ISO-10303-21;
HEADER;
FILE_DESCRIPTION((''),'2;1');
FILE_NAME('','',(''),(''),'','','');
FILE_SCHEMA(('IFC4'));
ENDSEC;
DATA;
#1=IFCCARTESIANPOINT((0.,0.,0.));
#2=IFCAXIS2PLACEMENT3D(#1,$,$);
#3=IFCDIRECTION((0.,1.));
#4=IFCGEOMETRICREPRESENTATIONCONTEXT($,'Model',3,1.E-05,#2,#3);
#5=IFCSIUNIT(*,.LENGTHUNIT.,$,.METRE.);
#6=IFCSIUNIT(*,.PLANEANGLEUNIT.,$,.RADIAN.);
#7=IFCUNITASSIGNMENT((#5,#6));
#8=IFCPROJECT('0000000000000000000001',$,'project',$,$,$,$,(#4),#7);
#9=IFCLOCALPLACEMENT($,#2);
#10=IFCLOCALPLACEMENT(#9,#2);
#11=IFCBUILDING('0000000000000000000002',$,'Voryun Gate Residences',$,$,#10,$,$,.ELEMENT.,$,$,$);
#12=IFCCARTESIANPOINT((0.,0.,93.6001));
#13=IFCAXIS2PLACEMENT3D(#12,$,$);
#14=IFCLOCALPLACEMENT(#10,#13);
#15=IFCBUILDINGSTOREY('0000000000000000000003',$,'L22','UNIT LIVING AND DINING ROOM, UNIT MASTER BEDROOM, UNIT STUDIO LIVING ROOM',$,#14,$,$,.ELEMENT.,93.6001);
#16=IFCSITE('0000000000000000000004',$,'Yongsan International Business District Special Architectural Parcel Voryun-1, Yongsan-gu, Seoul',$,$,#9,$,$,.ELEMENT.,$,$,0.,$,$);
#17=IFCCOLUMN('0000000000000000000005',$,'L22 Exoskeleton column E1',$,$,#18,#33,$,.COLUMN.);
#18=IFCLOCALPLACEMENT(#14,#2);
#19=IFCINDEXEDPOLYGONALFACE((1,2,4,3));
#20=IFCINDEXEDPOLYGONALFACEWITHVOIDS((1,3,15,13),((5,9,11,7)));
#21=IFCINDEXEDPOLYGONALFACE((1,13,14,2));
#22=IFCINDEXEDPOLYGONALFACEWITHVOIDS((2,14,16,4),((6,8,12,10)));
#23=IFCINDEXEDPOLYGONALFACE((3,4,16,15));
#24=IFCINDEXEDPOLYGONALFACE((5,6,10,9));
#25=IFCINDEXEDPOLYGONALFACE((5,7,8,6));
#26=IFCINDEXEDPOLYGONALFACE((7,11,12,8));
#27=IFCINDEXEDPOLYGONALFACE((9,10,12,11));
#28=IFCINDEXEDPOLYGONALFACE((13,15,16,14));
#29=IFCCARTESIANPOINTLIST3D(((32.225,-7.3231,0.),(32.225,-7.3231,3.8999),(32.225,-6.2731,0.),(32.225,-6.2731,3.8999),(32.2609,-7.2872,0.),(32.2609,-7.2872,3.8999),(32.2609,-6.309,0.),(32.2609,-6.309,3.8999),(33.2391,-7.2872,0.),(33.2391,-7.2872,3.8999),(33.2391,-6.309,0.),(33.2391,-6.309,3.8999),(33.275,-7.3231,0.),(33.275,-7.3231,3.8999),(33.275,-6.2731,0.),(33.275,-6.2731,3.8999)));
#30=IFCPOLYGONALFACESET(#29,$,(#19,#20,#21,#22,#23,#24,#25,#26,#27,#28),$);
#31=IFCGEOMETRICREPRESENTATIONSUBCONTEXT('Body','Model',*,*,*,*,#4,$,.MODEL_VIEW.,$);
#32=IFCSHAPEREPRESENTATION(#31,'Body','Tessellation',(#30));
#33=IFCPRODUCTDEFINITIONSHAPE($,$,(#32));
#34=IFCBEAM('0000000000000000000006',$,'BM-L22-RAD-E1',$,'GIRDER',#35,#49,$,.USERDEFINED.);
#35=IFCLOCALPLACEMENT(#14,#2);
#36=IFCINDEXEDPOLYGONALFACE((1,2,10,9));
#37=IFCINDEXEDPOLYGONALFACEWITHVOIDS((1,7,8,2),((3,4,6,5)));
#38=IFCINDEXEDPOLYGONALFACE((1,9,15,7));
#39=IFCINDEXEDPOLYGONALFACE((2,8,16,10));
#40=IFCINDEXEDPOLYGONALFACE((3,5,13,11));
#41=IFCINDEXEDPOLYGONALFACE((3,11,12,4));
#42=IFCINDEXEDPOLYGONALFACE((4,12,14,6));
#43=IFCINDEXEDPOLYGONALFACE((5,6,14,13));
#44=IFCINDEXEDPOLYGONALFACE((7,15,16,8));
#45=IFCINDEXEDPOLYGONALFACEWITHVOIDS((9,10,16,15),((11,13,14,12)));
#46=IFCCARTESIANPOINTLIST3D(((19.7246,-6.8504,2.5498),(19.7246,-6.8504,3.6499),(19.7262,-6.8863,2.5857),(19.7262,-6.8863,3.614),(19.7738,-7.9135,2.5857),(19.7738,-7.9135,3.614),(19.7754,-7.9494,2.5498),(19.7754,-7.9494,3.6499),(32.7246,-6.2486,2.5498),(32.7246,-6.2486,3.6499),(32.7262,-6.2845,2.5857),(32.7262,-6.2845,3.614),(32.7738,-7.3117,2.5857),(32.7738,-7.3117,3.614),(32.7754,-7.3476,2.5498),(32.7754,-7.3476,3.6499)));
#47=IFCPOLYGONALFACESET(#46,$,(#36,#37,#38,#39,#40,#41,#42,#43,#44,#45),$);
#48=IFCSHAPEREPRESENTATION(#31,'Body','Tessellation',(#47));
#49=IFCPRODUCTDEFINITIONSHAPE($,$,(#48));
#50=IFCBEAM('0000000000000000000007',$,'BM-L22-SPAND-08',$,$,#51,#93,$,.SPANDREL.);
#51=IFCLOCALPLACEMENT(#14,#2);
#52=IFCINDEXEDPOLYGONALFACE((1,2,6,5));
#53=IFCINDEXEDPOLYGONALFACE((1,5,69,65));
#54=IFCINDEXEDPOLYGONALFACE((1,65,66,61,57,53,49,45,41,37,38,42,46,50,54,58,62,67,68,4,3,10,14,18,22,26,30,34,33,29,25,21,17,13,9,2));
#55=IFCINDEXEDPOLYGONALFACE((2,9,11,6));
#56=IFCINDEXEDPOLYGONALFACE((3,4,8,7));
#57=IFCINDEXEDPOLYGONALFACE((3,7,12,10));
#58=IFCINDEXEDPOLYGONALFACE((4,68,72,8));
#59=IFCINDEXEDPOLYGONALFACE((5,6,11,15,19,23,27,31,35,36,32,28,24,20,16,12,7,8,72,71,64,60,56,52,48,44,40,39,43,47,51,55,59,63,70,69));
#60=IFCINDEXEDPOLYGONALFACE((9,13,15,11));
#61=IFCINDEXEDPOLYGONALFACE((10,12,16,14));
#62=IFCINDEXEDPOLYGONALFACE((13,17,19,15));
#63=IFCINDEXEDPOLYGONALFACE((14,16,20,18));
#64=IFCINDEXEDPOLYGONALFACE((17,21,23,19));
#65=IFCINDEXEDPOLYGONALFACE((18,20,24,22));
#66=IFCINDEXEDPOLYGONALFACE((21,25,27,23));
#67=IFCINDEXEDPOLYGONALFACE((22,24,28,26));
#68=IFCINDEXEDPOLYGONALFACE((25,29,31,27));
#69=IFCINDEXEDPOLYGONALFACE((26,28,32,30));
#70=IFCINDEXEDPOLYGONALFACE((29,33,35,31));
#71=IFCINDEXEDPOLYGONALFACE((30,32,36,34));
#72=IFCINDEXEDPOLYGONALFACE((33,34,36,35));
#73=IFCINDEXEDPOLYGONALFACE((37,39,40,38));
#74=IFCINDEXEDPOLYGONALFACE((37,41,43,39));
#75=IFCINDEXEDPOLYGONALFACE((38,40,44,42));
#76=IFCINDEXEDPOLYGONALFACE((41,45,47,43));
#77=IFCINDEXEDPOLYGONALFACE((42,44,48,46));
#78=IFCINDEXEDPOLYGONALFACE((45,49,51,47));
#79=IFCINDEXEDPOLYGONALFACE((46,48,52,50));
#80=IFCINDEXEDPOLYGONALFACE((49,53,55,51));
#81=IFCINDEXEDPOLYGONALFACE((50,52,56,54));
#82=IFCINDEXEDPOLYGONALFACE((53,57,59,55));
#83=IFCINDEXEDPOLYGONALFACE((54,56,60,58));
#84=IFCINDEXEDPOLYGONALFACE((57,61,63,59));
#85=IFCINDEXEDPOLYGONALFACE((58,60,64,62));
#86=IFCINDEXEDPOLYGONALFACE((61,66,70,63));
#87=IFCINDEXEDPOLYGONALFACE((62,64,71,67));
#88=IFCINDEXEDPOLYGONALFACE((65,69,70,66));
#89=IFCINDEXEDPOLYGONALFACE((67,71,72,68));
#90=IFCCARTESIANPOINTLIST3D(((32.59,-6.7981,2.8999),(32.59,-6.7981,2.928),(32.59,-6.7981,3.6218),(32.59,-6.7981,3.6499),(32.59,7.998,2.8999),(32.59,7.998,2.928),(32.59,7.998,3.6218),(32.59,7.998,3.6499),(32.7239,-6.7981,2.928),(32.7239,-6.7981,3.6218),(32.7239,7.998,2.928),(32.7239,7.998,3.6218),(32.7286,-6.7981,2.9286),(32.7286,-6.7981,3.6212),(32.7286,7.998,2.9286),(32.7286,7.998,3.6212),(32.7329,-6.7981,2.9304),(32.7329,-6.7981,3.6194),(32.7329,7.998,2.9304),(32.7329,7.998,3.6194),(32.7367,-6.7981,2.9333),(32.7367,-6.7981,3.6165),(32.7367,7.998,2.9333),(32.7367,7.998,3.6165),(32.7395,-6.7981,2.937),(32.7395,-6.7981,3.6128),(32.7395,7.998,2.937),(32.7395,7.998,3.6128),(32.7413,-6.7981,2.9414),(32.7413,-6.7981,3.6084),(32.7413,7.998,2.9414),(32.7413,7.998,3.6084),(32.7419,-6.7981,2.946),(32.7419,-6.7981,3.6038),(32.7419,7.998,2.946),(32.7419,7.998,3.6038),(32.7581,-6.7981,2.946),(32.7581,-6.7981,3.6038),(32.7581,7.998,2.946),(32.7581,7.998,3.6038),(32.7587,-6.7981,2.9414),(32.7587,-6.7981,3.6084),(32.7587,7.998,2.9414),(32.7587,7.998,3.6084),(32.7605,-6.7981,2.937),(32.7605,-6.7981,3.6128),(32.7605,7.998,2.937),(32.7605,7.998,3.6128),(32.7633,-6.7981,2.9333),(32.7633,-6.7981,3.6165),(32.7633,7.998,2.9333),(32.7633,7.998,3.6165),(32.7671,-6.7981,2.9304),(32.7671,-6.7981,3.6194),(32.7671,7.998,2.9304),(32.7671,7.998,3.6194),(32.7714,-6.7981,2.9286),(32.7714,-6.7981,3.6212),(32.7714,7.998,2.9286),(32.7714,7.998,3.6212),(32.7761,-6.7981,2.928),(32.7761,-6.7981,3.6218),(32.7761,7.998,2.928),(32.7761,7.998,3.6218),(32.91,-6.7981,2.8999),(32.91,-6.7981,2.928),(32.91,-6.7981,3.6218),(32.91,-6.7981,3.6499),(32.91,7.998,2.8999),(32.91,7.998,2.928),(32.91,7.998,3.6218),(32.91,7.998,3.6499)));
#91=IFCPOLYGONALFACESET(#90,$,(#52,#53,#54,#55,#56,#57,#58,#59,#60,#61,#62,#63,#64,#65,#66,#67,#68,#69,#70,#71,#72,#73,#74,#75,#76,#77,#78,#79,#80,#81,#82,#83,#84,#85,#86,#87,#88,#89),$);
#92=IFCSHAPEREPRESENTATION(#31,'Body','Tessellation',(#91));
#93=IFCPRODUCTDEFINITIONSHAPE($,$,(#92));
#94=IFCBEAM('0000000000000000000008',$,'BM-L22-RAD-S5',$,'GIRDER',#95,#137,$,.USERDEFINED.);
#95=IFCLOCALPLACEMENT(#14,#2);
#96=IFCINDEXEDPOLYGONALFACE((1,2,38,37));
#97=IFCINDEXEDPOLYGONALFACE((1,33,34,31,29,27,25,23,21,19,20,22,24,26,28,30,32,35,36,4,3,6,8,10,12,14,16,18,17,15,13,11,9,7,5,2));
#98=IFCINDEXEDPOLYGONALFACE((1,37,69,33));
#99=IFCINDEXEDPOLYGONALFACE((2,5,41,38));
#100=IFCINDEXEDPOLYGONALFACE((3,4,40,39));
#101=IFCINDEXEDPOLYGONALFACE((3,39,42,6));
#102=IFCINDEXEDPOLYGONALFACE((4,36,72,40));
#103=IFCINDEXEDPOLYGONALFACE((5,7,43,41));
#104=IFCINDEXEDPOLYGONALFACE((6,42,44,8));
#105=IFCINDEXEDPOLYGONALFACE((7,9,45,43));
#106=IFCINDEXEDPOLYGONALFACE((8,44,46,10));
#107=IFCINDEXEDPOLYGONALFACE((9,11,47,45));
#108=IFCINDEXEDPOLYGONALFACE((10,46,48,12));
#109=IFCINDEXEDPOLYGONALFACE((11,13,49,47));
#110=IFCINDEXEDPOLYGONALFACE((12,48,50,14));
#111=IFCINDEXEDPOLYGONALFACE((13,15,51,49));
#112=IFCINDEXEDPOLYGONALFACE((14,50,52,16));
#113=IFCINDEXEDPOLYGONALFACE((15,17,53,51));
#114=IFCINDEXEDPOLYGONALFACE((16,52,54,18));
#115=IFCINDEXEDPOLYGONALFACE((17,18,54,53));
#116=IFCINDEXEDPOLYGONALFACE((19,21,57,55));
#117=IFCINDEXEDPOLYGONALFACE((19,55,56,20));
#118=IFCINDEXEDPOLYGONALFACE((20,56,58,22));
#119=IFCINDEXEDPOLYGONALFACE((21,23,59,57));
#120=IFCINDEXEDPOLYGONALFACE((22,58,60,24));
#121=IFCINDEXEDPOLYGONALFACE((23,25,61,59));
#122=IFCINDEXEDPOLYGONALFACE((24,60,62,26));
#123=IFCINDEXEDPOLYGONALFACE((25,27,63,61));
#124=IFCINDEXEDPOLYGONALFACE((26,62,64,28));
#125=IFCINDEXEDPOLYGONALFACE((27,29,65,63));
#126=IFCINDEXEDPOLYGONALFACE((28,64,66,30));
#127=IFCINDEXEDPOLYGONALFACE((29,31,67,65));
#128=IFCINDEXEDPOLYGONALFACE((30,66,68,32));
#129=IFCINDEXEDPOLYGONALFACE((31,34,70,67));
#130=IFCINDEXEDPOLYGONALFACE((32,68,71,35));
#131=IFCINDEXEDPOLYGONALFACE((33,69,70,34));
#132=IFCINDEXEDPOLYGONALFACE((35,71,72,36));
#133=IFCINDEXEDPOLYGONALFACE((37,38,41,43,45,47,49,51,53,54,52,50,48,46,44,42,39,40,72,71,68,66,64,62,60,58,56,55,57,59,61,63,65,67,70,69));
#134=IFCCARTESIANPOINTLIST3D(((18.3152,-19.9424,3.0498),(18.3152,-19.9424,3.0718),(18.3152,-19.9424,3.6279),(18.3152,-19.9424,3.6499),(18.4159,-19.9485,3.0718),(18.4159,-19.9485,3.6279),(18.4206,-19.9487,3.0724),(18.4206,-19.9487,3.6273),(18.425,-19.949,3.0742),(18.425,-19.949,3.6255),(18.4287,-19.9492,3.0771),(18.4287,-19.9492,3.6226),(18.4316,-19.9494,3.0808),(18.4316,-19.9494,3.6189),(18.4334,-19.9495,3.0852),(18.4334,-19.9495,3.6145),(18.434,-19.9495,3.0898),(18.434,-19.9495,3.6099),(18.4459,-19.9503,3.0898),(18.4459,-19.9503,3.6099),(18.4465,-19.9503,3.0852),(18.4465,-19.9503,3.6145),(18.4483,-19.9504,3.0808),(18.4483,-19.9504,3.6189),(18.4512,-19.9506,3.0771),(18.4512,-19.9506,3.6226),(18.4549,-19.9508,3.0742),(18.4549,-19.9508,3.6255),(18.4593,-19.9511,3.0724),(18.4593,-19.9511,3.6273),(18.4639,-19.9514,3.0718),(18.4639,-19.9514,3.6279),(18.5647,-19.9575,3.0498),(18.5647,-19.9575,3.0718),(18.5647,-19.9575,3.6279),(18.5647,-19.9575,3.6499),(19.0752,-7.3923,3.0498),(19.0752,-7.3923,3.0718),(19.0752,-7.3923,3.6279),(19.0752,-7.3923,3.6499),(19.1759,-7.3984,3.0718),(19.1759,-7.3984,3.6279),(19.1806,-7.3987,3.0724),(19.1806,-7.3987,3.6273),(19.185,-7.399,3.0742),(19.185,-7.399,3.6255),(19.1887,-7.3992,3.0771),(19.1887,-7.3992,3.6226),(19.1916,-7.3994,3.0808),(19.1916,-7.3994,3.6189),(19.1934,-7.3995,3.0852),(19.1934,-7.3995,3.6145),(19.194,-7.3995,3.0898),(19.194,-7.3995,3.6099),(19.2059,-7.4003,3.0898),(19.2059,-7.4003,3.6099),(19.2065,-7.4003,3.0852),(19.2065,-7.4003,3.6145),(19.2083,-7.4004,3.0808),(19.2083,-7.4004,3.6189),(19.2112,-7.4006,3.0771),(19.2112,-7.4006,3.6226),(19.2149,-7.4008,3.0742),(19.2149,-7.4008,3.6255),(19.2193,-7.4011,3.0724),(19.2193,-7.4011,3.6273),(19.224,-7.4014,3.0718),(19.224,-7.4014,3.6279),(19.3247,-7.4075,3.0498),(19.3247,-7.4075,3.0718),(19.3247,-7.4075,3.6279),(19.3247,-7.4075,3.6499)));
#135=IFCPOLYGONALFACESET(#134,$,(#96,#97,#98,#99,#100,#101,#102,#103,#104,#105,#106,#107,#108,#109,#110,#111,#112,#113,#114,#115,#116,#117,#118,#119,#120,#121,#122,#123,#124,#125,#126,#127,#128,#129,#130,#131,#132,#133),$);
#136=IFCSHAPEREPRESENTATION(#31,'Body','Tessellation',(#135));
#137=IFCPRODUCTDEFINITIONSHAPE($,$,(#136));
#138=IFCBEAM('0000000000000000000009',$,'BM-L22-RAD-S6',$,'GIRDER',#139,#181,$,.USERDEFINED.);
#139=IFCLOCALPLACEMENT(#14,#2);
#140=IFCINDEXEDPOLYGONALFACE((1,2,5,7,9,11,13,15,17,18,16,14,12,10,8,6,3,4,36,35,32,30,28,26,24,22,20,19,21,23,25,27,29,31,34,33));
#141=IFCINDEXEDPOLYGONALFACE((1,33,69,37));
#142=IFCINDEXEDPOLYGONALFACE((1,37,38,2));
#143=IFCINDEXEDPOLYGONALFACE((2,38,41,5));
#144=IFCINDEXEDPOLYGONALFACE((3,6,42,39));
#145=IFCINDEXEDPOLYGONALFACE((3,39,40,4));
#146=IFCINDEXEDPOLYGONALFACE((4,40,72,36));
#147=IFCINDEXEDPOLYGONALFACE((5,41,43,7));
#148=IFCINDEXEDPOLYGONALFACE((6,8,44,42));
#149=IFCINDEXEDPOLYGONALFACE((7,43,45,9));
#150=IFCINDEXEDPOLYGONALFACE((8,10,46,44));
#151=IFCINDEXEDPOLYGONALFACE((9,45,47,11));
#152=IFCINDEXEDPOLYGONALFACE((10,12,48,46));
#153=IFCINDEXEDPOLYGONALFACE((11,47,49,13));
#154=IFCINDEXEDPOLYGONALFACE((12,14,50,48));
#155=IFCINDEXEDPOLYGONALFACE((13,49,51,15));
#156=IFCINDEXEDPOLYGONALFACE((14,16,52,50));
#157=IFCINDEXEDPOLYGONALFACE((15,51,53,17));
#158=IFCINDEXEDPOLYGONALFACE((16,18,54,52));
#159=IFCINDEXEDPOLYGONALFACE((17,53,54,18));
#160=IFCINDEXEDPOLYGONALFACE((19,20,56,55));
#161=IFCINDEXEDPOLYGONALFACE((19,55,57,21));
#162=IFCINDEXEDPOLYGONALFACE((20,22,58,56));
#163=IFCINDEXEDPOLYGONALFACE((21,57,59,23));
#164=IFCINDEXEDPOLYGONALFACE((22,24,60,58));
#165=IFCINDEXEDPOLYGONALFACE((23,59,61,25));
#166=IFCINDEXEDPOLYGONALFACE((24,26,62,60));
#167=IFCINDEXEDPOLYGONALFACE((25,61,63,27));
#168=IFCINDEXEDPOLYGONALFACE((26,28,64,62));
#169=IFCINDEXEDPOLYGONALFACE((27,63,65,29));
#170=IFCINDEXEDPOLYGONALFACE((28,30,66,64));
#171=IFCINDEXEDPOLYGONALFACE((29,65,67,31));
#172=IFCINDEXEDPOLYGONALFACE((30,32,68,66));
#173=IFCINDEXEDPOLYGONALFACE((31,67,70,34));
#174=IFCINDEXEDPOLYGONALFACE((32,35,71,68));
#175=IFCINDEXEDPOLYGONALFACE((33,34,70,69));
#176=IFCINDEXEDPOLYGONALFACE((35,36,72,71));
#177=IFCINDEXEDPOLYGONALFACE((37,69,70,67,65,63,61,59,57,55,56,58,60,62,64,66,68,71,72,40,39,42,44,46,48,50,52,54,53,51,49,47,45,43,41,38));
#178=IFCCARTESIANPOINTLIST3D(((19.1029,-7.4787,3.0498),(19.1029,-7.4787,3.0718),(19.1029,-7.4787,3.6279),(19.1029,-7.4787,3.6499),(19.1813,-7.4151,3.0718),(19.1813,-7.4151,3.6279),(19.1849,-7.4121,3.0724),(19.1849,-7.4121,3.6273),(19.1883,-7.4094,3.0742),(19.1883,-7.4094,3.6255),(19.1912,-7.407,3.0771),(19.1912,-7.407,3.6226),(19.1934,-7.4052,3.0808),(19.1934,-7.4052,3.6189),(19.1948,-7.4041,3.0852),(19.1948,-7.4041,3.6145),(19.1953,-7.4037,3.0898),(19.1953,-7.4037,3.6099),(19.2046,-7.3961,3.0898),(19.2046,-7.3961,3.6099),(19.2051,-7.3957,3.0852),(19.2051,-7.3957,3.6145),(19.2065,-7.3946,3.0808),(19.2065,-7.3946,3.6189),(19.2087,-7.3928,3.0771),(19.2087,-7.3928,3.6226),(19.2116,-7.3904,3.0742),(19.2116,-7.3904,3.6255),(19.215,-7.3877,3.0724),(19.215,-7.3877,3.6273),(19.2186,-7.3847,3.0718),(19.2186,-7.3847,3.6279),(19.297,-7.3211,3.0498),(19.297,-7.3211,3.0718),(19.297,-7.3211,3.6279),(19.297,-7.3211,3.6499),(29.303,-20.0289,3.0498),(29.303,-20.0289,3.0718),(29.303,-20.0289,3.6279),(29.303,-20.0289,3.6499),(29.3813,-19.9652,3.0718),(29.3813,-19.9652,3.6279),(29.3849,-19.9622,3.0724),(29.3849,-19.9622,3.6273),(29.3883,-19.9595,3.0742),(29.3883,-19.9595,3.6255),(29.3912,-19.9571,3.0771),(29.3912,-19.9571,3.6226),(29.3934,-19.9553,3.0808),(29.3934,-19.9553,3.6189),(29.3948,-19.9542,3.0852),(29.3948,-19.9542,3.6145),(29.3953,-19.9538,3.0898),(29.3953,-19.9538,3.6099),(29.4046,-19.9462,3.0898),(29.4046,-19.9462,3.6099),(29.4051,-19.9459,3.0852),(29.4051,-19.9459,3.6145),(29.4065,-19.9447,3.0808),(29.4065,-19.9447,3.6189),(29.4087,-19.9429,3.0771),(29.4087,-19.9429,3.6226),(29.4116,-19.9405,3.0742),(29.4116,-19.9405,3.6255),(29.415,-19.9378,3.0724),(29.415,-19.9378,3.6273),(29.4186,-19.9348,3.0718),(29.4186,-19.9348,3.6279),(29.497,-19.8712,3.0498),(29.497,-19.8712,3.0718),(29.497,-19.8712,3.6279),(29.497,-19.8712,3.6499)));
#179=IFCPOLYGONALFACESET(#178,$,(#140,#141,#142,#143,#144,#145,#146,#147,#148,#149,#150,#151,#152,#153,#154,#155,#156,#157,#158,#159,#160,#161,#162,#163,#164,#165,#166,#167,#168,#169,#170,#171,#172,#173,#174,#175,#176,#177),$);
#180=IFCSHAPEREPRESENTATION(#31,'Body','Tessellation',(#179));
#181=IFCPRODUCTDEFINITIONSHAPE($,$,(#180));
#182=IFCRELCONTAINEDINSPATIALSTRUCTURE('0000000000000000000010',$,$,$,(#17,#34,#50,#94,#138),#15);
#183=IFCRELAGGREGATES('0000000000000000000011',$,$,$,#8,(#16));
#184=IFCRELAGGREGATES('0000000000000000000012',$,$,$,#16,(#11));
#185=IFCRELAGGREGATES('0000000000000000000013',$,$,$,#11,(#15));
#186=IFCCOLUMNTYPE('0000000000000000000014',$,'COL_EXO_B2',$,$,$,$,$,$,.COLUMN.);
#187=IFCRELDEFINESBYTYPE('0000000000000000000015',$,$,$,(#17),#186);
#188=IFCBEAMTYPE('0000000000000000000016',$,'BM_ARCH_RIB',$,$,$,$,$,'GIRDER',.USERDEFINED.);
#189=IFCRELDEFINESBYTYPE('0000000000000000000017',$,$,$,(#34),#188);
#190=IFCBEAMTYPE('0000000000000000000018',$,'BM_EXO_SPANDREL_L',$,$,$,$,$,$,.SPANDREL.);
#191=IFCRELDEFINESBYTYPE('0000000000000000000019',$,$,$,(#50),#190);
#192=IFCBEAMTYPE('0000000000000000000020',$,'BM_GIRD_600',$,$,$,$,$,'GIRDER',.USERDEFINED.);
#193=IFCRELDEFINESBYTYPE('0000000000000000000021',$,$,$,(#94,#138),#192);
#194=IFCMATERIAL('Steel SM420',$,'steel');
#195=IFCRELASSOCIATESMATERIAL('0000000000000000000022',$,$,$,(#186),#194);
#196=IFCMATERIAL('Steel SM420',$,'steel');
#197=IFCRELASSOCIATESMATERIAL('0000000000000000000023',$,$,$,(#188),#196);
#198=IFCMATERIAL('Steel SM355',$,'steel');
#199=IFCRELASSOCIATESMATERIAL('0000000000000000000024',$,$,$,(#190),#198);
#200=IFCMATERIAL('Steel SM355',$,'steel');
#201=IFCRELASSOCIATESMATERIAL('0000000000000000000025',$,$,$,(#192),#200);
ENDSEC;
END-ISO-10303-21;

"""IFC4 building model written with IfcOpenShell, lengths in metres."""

from ifc_helpers import new_model, si_unit, direction, frame, origin, origin_2d, place, context, subcontext, project, spatial, hollow_rectangle, i_section, extrude, material, material_profile, profile_set, type_object, element, save


model = new_model("IFC4")

# Units and contexts
model_context = context("Model", 3, precision=1e-05, world=origin(), true_north=direction((0.0, 1.0)))
body_context = subcontext(model_context, "Body", "Model", "MODEL_VIEW")
ifc_project = project(units=[si_unit("LENGTHUNIT", "METRE"), si_unit("PLANEANGLEUNIT", "RADIAN")], contexts=[model_context])

# Site, building, storey
site_placement = place(None, origin())
site = spatial("IfcSite", under=ifc_project, at=site_placement, Name="Yongsan International Business District Special Architectural Parcel Voryun-1, Yongsan-gu, Seoul", CompositionType="ELEMENT", RefElevation=0.0)
building_placement = place(site_placement, origin())
building = spatial("IfcBuilding", under=site, at=building_placement, Name="Voryun Gate Residences", CompositionType="ELEMENT")
storey_placement = place(building_placement, frame((0.0, 0.0, 93.6001)))
storey = spatial("IfcBuildingStorey", under=building, at=storey_placement, Name="L22", Description="UNIT LIVING AND DINING ROOM, UNIT MASTER BEDROOM, UNIT STUDIO LIVING ROOM", CompositionType="ELEMENT", Elevation=93.6001)

# Column
ifc_material_1 = material(Name="Steel SM420", Category="steel")
ifc_material_profile_1 = material_profile(ifc_material_1, hollow_rectangle(XDim=1.05, YDim=1.05, WallThickness=0.0359, at=origin_2d()), Name="BOX-1050x1050x36")
ifc_profile_set_1 = profile_set([ifc_material_profile_1], Name="Steel SM420")
column_type = type_object("IfcColumnType", Name="COL_EXO_B2", PredefinedType="COLUMN", material=ifc_profile_set_1)
column_placement = place(storey_placement, frame((32.75, -6.7981, 0.0), z_axis=(0.0, 0.0, 1.0), x_axis=(1.0, 0.0, 0.0)))
element("IfcColumn", 1, at=column_placement, inside=storey, type_object=column_type, Name="L22 Exoskeleton column E1", PredefinedType="COLUMN", context=body_context, shape_type="SweptSolid", body=[
    extrude(hollow_rectangle(XDim=1.05, YDim=1.05, WallThickness=0.0359, at=origin_2d()), origin(), (0.0, 0.0, 1.0), 3.8999),
])

# Beams
ifc_material_2 = material(Name="Steel SM420", Category="steel")
ifc_material_profile_2 = material_profile(ifc_material_2, hollow_rectangle(XDim=1.1001, YDim=1.1001, WallThickness=0.0359, at=origin_2d()), Name="BOX-1100x1100x36")
ifc_profile_set_2 = profile_set([ifc_material_profile_2], Name="Steel SM420")
beam_type_1 = type_object("IfcBeamType", Name="BM_ARCH_RIB", ElementType="GIRDER", PredefinedType="USERDEFINED", material=ifc_profile_set_2)
beam_1_placement = place(storey_placement, frame((19.75, -7.3999, 3.0999), z_axis=(0.99893, 0.046243, 0.0), x_axis=(-0.046243, 0.99893, 0.0)))
element("IfcBeam", 2, at=beam_1_placement, inside=storey, type_object=beam_type_1, Name="BM-L22-RAD-E1", ObjectType="GIRDER", PredefinedType="USERDEFINED", context=body_context, shape_type="SweptSolid", body=[
    extrude(hollow_rectangle(XDim=1.1001, YDim=1.1001, WallThickness=0.0359, at=origin_2d()), origin(), (0.0, 0.0, 1.0), 13.0139),
])
ifc_material_3 = material(Name="Steel SM355", Category="steel")
ifc_material_profile_3 = material_profile(ifc_material_3, i_section(OverallWidth=0.3201, OverallDepth=0.75, WebThickness=0.0161, FlangeThickness=0.0281, FilletRadius=0.0181, at=origin_2d()), Name="H-750x320x16x28")
ifc_profile_set_3 = profile_set([ifc_material_profile_3], Name="Steel SM355")
beam_type_2 = type_object("IfcBeamType", Name="BM_EXO_SPANDREL_L", PredefinedType="SPANDREL", material=ifc_profile_set_3)
beam_2_placement = place(storey_placement, frame((32.75, -6.7981, 3.2749), z_axis=(0.0, 1.0, 0.0), x_axis=(-1.0, 0.0, 0.0)))
element("IfcBeam", 3, at=beam_2_placement, inside=storey, type_object=beam_type_2, Name="BM-L22-SPAND-08", PredefinedType="SPANDREL", context=body_context, shape_type="SweptSolid", body=[
    extrude(i_section(OverallWidth=0.3201, OverallDepth=0.75, WebThickness=0.0161, FlangeThickness=0.0281, FilletRadius=0.0181, at=origin_2d()), origin(), (0.0, 0.0, 1.0), 14.7961),
])
ifc_material_4 = material(Name="Steel SM355", Category="steel")
ifc_material_profile_4 = material_profile(ifc_material_4, i_section(OverallWidth=0.25, OverallDepth=0.6001, WebThickness=0.012, FlangeThickness=0.022, FilletRadius=0.0181, at=origin_2d()), Name="H-600x250x12x22")
ifc_profile_set_4 = profile_set([ifc_material_profile_4], Name="Steel SM355")
beam_type_3 = type_object("IfcBeamType", Name="BM_GIRD_600", ElementType="GIRDER", PredefinedType="USERDEFINED", material=ifc_profile_set_4)
beam_3_placement = place(storey_placement, frame((19.2, -7.3999, 3.3499), z_axis=(-0.060448, -0.998171, 0.0), x_axis=(0.998171, -0.060448, 0.0)))
element("IfcBeam", 4, at=beam_3_placement, inside=storey, type_object=beam_type_3, Name="BM-L22-RAD-S5", ObjectType="GIRDER", PredefinedType="USERDEFINED", context=body_context, shape_type="SweptSolid", body=[
    extrude(i_section(OverallWidth=0.25, OverallDepth=0.6001, WebThickness=0.012, FlangeThickness=0.022, FilletRadius=0.0181, at=origin_2d()), origin(), (0.0, 0.0, 1.0), 12.573),
])
beam_4_placement = place(storey_placement, frame((19.2, -7.3999, 3.3499), z_axis=(0.630706, -0.776022, 0.0), x_axis=(0.776022, 0.630706, 0.0)))
element("IfcBeam", 5, at=beam_4_placement, inside=storey, type_object=beam_type_3, Name="BM-L22-RAD-S6", ObjectType="GIRDER", PredefinedType="USERDEFINED", context=body_context, shape_type="SweptSolid", body=[
    extrude(i_section(OverallWidth=0.25, OverallDepth=0.6001, WebThickness=0.012, FlangeThickness=0.022, FilletRadius=0.0181, at=origin_2d()), origin(), (0.0, 0.0, 1.0), 16.1724),
])

save(model, "model.ifc")
